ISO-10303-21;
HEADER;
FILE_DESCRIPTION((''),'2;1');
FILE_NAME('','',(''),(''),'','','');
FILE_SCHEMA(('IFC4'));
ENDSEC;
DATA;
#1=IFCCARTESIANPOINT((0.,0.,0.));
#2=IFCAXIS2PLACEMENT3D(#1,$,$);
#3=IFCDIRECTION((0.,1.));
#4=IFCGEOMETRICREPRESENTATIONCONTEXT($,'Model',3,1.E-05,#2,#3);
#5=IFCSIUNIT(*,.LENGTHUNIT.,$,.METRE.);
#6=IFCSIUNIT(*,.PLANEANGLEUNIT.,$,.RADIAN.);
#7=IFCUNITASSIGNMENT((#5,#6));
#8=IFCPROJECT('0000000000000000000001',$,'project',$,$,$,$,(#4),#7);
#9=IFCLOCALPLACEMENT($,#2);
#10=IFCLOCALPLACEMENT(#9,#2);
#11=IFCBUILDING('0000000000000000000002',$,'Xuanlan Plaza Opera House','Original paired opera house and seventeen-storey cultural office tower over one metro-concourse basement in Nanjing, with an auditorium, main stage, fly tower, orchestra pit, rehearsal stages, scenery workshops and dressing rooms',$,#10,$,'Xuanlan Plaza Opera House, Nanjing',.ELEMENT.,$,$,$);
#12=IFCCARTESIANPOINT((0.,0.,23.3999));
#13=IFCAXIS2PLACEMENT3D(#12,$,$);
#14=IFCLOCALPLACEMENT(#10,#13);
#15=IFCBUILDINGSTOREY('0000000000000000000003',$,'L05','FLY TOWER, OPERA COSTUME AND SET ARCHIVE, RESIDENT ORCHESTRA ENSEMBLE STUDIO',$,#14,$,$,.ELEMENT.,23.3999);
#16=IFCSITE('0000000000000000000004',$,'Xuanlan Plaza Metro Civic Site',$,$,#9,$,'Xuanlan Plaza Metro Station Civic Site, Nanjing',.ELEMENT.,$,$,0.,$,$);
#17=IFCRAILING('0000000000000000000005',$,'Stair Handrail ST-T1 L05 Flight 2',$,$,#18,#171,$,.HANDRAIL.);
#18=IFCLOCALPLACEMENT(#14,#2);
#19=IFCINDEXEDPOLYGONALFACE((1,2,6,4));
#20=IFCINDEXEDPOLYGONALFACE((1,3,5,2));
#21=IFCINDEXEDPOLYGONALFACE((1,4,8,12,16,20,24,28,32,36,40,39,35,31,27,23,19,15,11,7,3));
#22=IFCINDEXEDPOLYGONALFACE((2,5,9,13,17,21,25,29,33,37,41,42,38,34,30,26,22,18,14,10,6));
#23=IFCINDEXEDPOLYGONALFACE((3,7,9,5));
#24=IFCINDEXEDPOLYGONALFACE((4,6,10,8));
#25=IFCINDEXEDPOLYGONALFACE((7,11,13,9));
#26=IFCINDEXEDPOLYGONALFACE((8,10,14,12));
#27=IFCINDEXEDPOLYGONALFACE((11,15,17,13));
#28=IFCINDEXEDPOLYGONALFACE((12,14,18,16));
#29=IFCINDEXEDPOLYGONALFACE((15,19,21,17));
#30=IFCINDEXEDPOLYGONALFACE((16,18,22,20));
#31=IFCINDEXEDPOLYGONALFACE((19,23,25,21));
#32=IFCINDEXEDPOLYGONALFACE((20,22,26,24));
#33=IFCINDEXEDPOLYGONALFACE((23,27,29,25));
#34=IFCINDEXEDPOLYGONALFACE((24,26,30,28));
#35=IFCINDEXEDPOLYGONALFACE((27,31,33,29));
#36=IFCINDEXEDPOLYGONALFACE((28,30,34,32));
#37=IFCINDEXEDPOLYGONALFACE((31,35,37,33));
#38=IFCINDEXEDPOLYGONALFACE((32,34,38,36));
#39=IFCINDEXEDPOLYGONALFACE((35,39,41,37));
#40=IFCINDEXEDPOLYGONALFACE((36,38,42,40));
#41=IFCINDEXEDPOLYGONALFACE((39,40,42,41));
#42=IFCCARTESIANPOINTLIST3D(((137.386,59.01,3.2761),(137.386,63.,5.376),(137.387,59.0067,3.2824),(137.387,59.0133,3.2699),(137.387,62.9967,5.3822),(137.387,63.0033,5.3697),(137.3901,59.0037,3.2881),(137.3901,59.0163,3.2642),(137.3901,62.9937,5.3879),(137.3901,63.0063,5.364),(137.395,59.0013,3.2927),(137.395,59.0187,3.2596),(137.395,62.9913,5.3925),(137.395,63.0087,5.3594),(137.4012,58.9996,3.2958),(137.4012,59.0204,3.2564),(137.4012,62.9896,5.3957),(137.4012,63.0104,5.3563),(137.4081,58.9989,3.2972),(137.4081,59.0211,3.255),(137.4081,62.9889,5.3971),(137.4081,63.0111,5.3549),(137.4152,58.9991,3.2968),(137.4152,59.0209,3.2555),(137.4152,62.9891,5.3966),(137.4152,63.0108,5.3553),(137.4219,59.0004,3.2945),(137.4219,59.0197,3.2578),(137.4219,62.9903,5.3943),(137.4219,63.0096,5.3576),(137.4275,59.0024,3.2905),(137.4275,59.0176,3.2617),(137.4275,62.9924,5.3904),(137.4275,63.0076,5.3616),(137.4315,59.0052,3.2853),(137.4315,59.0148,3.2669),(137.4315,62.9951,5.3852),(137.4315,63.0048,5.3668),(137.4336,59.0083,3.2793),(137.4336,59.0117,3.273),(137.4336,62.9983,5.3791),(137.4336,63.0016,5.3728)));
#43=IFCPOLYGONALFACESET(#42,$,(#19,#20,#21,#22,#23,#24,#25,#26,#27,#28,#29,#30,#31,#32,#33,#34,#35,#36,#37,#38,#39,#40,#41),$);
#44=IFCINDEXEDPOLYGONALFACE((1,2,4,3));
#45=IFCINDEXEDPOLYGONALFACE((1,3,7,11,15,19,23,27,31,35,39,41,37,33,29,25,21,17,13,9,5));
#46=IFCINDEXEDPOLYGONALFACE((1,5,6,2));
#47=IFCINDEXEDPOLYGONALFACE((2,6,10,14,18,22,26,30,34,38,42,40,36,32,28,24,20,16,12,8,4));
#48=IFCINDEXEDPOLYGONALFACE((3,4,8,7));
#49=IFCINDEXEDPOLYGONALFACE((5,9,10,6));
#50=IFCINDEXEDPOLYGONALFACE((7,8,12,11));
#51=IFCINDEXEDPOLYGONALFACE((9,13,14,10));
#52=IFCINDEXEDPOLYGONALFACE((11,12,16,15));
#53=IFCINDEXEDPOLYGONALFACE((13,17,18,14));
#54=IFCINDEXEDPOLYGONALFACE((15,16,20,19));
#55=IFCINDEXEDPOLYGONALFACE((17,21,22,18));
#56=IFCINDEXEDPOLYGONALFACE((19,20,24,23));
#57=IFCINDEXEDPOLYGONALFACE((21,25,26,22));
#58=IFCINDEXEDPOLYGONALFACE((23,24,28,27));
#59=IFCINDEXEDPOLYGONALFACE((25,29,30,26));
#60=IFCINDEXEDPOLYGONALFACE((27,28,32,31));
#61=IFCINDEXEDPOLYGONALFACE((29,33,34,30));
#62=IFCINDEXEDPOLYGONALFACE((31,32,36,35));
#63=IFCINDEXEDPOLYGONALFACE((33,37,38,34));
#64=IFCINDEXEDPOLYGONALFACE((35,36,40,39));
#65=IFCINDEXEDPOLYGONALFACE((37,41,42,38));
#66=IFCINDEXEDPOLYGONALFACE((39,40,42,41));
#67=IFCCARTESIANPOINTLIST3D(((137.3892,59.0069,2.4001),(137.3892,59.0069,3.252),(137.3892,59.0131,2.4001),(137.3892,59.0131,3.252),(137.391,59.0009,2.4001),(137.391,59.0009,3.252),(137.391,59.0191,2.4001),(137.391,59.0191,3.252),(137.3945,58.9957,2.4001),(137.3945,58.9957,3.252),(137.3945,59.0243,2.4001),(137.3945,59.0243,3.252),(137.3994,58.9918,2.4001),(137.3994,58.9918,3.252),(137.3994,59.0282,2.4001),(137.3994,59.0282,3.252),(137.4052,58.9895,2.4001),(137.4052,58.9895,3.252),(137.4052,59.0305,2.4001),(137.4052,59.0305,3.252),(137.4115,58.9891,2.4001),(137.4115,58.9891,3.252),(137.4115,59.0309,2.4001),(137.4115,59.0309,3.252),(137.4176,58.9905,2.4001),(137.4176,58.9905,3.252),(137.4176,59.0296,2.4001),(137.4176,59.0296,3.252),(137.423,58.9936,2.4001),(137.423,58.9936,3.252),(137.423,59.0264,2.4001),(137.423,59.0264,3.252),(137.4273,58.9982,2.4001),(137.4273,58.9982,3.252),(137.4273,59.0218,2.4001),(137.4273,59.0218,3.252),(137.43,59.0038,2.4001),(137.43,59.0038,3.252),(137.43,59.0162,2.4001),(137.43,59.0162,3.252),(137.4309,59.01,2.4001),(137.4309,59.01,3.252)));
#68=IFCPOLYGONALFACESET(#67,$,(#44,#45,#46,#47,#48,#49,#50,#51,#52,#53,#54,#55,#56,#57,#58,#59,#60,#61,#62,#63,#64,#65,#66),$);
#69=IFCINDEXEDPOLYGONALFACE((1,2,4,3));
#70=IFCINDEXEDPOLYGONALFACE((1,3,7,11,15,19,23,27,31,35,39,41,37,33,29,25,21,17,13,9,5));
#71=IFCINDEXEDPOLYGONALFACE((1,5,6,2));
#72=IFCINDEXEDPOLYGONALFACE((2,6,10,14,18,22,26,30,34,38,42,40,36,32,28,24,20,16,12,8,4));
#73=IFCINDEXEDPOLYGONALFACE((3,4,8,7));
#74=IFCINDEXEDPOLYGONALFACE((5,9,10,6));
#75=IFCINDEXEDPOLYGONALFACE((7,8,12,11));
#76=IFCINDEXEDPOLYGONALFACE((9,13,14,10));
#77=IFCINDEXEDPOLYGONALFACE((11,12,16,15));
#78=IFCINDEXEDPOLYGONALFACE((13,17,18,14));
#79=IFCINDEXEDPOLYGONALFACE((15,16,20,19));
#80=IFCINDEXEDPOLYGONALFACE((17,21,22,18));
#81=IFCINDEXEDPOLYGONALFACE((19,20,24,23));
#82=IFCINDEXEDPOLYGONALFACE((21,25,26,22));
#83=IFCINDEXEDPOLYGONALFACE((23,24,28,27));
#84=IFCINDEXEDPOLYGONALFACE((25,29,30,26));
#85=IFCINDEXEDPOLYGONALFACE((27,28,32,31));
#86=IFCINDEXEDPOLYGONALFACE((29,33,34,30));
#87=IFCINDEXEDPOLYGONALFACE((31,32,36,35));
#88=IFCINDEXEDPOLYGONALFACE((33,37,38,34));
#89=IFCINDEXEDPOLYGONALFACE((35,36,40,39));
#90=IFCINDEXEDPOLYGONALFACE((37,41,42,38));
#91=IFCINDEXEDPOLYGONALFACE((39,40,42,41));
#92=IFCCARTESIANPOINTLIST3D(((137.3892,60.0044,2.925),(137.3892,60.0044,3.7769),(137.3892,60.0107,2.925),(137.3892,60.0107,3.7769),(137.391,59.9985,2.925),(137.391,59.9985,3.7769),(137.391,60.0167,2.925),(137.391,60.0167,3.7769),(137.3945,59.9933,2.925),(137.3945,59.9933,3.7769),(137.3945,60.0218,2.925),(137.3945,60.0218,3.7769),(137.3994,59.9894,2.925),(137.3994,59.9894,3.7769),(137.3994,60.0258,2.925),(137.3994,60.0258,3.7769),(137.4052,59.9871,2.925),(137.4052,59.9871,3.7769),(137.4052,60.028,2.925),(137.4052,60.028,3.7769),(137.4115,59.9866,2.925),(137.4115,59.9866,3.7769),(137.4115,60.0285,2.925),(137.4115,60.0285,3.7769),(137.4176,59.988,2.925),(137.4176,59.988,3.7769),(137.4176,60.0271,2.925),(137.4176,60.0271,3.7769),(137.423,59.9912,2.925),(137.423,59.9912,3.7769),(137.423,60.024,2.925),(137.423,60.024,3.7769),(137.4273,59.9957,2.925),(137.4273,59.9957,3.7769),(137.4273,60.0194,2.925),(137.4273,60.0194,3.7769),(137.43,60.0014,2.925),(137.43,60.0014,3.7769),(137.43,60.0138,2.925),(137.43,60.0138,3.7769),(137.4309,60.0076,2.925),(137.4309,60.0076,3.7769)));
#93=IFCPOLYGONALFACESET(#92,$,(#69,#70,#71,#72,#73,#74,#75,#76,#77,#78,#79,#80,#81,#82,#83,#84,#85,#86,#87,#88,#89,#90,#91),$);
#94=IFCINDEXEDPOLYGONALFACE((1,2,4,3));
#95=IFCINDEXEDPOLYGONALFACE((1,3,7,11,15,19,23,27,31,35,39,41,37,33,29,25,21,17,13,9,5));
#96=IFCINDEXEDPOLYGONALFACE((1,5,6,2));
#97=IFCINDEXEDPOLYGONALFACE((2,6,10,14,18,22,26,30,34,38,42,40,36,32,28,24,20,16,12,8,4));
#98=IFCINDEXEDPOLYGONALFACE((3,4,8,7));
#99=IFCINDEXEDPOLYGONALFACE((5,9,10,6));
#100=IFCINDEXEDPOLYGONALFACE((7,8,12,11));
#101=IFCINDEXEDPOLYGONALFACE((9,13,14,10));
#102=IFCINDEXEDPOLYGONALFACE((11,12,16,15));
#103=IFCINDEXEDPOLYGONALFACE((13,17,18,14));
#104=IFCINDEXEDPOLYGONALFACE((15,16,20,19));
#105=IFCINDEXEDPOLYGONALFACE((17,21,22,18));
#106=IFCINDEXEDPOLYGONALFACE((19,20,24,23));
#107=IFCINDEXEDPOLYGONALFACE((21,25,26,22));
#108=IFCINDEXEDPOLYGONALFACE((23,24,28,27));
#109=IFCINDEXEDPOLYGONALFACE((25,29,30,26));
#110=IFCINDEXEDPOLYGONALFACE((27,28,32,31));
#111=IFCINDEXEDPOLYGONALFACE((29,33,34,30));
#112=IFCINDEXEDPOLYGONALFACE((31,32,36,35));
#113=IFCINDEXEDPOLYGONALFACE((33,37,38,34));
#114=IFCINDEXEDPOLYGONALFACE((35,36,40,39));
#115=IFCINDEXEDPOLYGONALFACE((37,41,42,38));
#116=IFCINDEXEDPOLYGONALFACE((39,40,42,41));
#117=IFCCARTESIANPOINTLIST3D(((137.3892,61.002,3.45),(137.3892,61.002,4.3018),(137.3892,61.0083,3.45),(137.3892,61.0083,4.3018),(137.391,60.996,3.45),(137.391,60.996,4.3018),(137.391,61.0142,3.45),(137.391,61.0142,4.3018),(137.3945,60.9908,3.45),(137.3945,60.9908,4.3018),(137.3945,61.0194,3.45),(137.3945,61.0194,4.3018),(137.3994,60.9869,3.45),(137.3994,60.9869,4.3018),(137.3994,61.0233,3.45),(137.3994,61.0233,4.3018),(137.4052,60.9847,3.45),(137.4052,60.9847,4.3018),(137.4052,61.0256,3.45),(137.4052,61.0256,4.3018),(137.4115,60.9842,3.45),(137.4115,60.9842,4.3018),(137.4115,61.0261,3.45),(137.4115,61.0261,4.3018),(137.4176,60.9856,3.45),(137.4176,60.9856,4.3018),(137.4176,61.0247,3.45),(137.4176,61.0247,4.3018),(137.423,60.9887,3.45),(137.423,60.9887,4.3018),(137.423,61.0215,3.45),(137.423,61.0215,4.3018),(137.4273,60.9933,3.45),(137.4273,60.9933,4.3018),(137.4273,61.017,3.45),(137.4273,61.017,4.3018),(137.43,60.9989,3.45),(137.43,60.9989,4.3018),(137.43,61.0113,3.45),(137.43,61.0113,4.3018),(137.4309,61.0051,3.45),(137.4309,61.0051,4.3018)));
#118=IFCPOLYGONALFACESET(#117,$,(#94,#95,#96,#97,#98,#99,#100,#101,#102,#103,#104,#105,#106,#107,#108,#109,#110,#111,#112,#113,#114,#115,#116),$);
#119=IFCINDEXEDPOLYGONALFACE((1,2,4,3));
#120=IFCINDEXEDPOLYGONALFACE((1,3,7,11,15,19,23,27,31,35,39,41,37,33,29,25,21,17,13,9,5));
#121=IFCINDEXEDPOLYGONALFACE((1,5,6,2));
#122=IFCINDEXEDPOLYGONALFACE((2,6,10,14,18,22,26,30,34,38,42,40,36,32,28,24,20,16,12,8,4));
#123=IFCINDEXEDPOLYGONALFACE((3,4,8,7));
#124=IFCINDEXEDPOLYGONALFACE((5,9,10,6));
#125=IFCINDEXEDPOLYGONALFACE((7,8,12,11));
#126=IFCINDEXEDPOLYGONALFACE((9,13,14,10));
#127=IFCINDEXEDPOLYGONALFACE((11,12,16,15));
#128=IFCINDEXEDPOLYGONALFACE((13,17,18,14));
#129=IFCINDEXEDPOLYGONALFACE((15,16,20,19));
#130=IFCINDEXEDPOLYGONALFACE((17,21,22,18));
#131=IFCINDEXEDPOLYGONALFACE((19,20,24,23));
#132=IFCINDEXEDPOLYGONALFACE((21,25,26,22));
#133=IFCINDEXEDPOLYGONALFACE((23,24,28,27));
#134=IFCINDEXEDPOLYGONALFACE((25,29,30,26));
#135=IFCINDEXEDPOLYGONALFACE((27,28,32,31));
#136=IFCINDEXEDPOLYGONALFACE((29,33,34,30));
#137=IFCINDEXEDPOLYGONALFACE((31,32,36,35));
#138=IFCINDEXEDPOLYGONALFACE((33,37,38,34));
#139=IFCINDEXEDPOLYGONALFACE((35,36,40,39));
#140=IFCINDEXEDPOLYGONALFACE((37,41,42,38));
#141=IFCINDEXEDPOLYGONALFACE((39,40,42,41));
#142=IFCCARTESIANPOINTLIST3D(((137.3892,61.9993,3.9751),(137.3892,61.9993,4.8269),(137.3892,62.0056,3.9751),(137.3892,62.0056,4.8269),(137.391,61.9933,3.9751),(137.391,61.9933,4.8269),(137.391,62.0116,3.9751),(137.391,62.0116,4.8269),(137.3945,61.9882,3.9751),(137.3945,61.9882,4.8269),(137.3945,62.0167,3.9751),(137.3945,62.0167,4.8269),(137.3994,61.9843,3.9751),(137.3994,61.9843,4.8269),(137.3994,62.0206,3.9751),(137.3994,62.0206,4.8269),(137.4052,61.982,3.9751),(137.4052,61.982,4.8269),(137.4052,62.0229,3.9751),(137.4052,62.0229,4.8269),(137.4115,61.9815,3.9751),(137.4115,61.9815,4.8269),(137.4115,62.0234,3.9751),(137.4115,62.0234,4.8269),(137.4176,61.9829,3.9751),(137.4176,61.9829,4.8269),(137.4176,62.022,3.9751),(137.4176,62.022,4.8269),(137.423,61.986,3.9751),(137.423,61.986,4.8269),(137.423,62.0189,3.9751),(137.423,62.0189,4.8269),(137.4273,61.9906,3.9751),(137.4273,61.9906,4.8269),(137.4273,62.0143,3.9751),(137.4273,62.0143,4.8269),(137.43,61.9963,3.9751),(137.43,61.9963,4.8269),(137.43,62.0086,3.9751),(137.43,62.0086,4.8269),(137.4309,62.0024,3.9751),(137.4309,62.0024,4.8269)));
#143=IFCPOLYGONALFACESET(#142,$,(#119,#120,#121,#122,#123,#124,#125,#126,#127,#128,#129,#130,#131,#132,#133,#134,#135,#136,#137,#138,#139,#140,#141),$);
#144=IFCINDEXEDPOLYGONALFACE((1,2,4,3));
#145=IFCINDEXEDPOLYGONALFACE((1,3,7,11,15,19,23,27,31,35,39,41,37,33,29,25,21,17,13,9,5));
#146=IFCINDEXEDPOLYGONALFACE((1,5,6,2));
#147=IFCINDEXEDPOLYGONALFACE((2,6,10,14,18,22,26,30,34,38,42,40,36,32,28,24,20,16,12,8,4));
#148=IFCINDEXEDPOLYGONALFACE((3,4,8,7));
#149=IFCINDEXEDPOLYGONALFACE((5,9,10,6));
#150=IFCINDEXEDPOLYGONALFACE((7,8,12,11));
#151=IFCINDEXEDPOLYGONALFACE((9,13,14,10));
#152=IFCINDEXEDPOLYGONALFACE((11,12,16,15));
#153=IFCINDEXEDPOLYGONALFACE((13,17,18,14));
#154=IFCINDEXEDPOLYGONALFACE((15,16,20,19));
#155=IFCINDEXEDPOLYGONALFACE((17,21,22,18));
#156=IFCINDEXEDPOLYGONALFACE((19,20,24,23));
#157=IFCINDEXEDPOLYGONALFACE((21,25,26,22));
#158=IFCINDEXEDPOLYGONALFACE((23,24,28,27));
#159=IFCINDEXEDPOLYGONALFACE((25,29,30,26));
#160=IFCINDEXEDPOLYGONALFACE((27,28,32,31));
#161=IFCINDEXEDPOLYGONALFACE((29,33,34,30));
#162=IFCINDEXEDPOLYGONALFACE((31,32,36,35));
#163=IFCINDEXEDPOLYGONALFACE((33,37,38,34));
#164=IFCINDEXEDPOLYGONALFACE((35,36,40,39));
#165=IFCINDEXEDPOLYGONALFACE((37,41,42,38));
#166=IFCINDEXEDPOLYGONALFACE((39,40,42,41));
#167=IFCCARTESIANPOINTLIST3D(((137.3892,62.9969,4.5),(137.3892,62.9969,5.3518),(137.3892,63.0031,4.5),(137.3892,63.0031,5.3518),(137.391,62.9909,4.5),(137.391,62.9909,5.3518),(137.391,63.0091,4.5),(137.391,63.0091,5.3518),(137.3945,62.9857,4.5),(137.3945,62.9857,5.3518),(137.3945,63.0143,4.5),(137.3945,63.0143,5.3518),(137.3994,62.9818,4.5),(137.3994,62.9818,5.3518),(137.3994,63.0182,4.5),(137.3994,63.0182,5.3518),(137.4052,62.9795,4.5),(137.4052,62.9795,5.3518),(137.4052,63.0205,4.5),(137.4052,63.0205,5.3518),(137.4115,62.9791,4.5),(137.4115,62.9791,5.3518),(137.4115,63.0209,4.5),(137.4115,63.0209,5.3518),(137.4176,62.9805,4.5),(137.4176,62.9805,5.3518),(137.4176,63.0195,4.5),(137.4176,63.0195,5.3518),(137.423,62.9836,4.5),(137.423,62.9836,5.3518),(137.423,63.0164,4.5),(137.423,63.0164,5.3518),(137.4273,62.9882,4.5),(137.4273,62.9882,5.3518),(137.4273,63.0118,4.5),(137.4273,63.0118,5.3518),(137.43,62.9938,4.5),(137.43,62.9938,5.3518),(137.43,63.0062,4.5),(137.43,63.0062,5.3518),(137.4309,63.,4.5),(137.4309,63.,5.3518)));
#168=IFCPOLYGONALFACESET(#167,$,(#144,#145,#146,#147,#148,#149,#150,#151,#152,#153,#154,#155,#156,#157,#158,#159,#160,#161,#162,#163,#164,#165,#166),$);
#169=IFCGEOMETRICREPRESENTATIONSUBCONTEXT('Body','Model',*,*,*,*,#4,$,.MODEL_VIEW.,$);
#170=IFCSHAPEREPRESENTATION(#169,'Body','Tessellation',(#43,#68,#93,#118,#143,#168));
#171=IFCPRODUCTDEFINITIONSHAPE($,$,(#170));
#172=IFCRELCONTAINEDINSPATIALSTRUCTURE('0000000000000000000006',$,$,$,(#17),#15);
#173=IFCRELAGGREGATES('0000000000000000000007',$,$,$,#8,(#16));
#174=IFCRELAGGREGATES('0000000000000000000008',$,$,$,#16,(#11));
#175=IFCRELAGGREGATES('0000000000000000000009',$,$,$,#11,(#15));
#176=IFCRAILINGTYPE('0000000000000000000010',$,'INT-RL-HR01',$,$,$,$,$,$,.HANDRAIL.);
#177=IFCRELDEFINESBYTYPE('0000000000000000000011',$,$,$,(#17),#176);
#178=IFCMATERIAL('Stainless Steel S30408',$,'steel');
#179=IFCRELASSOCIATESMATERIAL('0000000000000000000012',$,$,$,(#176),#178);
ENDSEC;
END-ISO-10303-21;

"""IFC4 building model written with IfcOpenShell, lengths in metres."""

from ifc_helpers import new_model, si_unit, direction, frame, origin, origin_2d, place, context, subcontext, project, spatial, circle, extrude, material, type_object, element, save


model = new_model("IFC4")

# Units and contexts
model_context = context("Model", 3, precision=1e-05, world=origin(), true_north=direction((0.0, 1.0)))
body_context = subcontext(model_context, "Body", "Model", "MODEL_VIEW")
ifc_project = project(units=[si_unit("LENGTHUNIT", "METRE"), si_unit("PLANEANGLEUNIT", "RADIAN")], contexts=[model_context])

# Site, building, storey
site_placement = place(None, origin())
site = spatial("IfcSite", under=ifc_project, at=site_placement, Name="Xuanlan Plaza Metro Civic Site", LongName="Xuanlan Plaza Metro Station Civic Site, Nanjing", CompositionType="ELEMENT", RefElevation=0.0)
building_placement = place(site_placement, origin())
building = spatial("IfcBuilding", under=site, at=building_placement, Name="Xuanlan Plaza Opera House", Description="Original paired opera house and seventeen-storey cultural office tower over one metro-concourse basement in Nanjing, with an auditorium, main stage, fly tower, orchestra pit, rehearsal stages, scenery workshops and dressing rooms", LongName="Xuanlan Plaza Opera House, Nanjing", CompositionType="ELEMENT")
storey_placement = place(building_placement, frame((0.0, 0.0, 23.3999)))
storey = spatial("IfcBuildingStorey", under=building, at=storey_placement, Name="L05", Description="FLY TOWER, OPERA COSTUME AND SET ARCHIVE, RESIDENT ORCHESTRA ENSEMBLE STUDIO", CompositionType="ELEMENT", Elevation=23.3999)

# Shared definitions
ifc_material_1 = material(Name="Stainless Steel S30408", Category="steel")

# Railing
railing_type = type_object("IfcRailingType", Name="INT-RL-HR01", PredefinedType="HANDRAIL", material=ifc_material_1)
railing_placement = place(storey_placement, frame((137.4099, 59.01, 2.4001)))
element("IfcRailing", 1, at=railing_placement, inside=storey, type_object=railing_type, Name="Stair Handrail ST-T1 L05 Flight 2", PredefinedType="HANDRAIL", context=body_context, shape_type="SweptSolid", body=[
    extrude(circle(Radius=0.0239, at=origin_2d()), frame((0.0, 0.0, 0.876), z_axis=(0.0, 0.884931, 0.465722), x_axis=(-1.0, 0.0, 0.0)), (0.0, 0.0, 1.0), 4.5088),
    extrude(circle(Radius=0.021, at=origin_2d()), origin(), (0.0, 0.0, 1.0), 0.8518),
    extrude(circle(Radius=0.021, at=origin_2d()), frame((0.0, 0.9976, 0.5249)), (0.0, 0.0, 1.0), 0.8518),
    extrude(circle(Radius=0.021, at=origin_2d()), frame((0.0, 1.9951, 1.0498)), (0.0, 0.0, 1.0), 0.8518),
    extrude(circle(Radius=0.021, at=origin_2d()), frame((0.0, 2.9924, 1.575)), (0.0, 0.0, 1.0), 0.8518),
    extrude(circle(Radius=0.021, at=origin_2d()), frame((0.0, 3.99, 2.0999)), (0.0, 0.0, 1.0), 0.8518),
])

save(model, "model.ifc")
